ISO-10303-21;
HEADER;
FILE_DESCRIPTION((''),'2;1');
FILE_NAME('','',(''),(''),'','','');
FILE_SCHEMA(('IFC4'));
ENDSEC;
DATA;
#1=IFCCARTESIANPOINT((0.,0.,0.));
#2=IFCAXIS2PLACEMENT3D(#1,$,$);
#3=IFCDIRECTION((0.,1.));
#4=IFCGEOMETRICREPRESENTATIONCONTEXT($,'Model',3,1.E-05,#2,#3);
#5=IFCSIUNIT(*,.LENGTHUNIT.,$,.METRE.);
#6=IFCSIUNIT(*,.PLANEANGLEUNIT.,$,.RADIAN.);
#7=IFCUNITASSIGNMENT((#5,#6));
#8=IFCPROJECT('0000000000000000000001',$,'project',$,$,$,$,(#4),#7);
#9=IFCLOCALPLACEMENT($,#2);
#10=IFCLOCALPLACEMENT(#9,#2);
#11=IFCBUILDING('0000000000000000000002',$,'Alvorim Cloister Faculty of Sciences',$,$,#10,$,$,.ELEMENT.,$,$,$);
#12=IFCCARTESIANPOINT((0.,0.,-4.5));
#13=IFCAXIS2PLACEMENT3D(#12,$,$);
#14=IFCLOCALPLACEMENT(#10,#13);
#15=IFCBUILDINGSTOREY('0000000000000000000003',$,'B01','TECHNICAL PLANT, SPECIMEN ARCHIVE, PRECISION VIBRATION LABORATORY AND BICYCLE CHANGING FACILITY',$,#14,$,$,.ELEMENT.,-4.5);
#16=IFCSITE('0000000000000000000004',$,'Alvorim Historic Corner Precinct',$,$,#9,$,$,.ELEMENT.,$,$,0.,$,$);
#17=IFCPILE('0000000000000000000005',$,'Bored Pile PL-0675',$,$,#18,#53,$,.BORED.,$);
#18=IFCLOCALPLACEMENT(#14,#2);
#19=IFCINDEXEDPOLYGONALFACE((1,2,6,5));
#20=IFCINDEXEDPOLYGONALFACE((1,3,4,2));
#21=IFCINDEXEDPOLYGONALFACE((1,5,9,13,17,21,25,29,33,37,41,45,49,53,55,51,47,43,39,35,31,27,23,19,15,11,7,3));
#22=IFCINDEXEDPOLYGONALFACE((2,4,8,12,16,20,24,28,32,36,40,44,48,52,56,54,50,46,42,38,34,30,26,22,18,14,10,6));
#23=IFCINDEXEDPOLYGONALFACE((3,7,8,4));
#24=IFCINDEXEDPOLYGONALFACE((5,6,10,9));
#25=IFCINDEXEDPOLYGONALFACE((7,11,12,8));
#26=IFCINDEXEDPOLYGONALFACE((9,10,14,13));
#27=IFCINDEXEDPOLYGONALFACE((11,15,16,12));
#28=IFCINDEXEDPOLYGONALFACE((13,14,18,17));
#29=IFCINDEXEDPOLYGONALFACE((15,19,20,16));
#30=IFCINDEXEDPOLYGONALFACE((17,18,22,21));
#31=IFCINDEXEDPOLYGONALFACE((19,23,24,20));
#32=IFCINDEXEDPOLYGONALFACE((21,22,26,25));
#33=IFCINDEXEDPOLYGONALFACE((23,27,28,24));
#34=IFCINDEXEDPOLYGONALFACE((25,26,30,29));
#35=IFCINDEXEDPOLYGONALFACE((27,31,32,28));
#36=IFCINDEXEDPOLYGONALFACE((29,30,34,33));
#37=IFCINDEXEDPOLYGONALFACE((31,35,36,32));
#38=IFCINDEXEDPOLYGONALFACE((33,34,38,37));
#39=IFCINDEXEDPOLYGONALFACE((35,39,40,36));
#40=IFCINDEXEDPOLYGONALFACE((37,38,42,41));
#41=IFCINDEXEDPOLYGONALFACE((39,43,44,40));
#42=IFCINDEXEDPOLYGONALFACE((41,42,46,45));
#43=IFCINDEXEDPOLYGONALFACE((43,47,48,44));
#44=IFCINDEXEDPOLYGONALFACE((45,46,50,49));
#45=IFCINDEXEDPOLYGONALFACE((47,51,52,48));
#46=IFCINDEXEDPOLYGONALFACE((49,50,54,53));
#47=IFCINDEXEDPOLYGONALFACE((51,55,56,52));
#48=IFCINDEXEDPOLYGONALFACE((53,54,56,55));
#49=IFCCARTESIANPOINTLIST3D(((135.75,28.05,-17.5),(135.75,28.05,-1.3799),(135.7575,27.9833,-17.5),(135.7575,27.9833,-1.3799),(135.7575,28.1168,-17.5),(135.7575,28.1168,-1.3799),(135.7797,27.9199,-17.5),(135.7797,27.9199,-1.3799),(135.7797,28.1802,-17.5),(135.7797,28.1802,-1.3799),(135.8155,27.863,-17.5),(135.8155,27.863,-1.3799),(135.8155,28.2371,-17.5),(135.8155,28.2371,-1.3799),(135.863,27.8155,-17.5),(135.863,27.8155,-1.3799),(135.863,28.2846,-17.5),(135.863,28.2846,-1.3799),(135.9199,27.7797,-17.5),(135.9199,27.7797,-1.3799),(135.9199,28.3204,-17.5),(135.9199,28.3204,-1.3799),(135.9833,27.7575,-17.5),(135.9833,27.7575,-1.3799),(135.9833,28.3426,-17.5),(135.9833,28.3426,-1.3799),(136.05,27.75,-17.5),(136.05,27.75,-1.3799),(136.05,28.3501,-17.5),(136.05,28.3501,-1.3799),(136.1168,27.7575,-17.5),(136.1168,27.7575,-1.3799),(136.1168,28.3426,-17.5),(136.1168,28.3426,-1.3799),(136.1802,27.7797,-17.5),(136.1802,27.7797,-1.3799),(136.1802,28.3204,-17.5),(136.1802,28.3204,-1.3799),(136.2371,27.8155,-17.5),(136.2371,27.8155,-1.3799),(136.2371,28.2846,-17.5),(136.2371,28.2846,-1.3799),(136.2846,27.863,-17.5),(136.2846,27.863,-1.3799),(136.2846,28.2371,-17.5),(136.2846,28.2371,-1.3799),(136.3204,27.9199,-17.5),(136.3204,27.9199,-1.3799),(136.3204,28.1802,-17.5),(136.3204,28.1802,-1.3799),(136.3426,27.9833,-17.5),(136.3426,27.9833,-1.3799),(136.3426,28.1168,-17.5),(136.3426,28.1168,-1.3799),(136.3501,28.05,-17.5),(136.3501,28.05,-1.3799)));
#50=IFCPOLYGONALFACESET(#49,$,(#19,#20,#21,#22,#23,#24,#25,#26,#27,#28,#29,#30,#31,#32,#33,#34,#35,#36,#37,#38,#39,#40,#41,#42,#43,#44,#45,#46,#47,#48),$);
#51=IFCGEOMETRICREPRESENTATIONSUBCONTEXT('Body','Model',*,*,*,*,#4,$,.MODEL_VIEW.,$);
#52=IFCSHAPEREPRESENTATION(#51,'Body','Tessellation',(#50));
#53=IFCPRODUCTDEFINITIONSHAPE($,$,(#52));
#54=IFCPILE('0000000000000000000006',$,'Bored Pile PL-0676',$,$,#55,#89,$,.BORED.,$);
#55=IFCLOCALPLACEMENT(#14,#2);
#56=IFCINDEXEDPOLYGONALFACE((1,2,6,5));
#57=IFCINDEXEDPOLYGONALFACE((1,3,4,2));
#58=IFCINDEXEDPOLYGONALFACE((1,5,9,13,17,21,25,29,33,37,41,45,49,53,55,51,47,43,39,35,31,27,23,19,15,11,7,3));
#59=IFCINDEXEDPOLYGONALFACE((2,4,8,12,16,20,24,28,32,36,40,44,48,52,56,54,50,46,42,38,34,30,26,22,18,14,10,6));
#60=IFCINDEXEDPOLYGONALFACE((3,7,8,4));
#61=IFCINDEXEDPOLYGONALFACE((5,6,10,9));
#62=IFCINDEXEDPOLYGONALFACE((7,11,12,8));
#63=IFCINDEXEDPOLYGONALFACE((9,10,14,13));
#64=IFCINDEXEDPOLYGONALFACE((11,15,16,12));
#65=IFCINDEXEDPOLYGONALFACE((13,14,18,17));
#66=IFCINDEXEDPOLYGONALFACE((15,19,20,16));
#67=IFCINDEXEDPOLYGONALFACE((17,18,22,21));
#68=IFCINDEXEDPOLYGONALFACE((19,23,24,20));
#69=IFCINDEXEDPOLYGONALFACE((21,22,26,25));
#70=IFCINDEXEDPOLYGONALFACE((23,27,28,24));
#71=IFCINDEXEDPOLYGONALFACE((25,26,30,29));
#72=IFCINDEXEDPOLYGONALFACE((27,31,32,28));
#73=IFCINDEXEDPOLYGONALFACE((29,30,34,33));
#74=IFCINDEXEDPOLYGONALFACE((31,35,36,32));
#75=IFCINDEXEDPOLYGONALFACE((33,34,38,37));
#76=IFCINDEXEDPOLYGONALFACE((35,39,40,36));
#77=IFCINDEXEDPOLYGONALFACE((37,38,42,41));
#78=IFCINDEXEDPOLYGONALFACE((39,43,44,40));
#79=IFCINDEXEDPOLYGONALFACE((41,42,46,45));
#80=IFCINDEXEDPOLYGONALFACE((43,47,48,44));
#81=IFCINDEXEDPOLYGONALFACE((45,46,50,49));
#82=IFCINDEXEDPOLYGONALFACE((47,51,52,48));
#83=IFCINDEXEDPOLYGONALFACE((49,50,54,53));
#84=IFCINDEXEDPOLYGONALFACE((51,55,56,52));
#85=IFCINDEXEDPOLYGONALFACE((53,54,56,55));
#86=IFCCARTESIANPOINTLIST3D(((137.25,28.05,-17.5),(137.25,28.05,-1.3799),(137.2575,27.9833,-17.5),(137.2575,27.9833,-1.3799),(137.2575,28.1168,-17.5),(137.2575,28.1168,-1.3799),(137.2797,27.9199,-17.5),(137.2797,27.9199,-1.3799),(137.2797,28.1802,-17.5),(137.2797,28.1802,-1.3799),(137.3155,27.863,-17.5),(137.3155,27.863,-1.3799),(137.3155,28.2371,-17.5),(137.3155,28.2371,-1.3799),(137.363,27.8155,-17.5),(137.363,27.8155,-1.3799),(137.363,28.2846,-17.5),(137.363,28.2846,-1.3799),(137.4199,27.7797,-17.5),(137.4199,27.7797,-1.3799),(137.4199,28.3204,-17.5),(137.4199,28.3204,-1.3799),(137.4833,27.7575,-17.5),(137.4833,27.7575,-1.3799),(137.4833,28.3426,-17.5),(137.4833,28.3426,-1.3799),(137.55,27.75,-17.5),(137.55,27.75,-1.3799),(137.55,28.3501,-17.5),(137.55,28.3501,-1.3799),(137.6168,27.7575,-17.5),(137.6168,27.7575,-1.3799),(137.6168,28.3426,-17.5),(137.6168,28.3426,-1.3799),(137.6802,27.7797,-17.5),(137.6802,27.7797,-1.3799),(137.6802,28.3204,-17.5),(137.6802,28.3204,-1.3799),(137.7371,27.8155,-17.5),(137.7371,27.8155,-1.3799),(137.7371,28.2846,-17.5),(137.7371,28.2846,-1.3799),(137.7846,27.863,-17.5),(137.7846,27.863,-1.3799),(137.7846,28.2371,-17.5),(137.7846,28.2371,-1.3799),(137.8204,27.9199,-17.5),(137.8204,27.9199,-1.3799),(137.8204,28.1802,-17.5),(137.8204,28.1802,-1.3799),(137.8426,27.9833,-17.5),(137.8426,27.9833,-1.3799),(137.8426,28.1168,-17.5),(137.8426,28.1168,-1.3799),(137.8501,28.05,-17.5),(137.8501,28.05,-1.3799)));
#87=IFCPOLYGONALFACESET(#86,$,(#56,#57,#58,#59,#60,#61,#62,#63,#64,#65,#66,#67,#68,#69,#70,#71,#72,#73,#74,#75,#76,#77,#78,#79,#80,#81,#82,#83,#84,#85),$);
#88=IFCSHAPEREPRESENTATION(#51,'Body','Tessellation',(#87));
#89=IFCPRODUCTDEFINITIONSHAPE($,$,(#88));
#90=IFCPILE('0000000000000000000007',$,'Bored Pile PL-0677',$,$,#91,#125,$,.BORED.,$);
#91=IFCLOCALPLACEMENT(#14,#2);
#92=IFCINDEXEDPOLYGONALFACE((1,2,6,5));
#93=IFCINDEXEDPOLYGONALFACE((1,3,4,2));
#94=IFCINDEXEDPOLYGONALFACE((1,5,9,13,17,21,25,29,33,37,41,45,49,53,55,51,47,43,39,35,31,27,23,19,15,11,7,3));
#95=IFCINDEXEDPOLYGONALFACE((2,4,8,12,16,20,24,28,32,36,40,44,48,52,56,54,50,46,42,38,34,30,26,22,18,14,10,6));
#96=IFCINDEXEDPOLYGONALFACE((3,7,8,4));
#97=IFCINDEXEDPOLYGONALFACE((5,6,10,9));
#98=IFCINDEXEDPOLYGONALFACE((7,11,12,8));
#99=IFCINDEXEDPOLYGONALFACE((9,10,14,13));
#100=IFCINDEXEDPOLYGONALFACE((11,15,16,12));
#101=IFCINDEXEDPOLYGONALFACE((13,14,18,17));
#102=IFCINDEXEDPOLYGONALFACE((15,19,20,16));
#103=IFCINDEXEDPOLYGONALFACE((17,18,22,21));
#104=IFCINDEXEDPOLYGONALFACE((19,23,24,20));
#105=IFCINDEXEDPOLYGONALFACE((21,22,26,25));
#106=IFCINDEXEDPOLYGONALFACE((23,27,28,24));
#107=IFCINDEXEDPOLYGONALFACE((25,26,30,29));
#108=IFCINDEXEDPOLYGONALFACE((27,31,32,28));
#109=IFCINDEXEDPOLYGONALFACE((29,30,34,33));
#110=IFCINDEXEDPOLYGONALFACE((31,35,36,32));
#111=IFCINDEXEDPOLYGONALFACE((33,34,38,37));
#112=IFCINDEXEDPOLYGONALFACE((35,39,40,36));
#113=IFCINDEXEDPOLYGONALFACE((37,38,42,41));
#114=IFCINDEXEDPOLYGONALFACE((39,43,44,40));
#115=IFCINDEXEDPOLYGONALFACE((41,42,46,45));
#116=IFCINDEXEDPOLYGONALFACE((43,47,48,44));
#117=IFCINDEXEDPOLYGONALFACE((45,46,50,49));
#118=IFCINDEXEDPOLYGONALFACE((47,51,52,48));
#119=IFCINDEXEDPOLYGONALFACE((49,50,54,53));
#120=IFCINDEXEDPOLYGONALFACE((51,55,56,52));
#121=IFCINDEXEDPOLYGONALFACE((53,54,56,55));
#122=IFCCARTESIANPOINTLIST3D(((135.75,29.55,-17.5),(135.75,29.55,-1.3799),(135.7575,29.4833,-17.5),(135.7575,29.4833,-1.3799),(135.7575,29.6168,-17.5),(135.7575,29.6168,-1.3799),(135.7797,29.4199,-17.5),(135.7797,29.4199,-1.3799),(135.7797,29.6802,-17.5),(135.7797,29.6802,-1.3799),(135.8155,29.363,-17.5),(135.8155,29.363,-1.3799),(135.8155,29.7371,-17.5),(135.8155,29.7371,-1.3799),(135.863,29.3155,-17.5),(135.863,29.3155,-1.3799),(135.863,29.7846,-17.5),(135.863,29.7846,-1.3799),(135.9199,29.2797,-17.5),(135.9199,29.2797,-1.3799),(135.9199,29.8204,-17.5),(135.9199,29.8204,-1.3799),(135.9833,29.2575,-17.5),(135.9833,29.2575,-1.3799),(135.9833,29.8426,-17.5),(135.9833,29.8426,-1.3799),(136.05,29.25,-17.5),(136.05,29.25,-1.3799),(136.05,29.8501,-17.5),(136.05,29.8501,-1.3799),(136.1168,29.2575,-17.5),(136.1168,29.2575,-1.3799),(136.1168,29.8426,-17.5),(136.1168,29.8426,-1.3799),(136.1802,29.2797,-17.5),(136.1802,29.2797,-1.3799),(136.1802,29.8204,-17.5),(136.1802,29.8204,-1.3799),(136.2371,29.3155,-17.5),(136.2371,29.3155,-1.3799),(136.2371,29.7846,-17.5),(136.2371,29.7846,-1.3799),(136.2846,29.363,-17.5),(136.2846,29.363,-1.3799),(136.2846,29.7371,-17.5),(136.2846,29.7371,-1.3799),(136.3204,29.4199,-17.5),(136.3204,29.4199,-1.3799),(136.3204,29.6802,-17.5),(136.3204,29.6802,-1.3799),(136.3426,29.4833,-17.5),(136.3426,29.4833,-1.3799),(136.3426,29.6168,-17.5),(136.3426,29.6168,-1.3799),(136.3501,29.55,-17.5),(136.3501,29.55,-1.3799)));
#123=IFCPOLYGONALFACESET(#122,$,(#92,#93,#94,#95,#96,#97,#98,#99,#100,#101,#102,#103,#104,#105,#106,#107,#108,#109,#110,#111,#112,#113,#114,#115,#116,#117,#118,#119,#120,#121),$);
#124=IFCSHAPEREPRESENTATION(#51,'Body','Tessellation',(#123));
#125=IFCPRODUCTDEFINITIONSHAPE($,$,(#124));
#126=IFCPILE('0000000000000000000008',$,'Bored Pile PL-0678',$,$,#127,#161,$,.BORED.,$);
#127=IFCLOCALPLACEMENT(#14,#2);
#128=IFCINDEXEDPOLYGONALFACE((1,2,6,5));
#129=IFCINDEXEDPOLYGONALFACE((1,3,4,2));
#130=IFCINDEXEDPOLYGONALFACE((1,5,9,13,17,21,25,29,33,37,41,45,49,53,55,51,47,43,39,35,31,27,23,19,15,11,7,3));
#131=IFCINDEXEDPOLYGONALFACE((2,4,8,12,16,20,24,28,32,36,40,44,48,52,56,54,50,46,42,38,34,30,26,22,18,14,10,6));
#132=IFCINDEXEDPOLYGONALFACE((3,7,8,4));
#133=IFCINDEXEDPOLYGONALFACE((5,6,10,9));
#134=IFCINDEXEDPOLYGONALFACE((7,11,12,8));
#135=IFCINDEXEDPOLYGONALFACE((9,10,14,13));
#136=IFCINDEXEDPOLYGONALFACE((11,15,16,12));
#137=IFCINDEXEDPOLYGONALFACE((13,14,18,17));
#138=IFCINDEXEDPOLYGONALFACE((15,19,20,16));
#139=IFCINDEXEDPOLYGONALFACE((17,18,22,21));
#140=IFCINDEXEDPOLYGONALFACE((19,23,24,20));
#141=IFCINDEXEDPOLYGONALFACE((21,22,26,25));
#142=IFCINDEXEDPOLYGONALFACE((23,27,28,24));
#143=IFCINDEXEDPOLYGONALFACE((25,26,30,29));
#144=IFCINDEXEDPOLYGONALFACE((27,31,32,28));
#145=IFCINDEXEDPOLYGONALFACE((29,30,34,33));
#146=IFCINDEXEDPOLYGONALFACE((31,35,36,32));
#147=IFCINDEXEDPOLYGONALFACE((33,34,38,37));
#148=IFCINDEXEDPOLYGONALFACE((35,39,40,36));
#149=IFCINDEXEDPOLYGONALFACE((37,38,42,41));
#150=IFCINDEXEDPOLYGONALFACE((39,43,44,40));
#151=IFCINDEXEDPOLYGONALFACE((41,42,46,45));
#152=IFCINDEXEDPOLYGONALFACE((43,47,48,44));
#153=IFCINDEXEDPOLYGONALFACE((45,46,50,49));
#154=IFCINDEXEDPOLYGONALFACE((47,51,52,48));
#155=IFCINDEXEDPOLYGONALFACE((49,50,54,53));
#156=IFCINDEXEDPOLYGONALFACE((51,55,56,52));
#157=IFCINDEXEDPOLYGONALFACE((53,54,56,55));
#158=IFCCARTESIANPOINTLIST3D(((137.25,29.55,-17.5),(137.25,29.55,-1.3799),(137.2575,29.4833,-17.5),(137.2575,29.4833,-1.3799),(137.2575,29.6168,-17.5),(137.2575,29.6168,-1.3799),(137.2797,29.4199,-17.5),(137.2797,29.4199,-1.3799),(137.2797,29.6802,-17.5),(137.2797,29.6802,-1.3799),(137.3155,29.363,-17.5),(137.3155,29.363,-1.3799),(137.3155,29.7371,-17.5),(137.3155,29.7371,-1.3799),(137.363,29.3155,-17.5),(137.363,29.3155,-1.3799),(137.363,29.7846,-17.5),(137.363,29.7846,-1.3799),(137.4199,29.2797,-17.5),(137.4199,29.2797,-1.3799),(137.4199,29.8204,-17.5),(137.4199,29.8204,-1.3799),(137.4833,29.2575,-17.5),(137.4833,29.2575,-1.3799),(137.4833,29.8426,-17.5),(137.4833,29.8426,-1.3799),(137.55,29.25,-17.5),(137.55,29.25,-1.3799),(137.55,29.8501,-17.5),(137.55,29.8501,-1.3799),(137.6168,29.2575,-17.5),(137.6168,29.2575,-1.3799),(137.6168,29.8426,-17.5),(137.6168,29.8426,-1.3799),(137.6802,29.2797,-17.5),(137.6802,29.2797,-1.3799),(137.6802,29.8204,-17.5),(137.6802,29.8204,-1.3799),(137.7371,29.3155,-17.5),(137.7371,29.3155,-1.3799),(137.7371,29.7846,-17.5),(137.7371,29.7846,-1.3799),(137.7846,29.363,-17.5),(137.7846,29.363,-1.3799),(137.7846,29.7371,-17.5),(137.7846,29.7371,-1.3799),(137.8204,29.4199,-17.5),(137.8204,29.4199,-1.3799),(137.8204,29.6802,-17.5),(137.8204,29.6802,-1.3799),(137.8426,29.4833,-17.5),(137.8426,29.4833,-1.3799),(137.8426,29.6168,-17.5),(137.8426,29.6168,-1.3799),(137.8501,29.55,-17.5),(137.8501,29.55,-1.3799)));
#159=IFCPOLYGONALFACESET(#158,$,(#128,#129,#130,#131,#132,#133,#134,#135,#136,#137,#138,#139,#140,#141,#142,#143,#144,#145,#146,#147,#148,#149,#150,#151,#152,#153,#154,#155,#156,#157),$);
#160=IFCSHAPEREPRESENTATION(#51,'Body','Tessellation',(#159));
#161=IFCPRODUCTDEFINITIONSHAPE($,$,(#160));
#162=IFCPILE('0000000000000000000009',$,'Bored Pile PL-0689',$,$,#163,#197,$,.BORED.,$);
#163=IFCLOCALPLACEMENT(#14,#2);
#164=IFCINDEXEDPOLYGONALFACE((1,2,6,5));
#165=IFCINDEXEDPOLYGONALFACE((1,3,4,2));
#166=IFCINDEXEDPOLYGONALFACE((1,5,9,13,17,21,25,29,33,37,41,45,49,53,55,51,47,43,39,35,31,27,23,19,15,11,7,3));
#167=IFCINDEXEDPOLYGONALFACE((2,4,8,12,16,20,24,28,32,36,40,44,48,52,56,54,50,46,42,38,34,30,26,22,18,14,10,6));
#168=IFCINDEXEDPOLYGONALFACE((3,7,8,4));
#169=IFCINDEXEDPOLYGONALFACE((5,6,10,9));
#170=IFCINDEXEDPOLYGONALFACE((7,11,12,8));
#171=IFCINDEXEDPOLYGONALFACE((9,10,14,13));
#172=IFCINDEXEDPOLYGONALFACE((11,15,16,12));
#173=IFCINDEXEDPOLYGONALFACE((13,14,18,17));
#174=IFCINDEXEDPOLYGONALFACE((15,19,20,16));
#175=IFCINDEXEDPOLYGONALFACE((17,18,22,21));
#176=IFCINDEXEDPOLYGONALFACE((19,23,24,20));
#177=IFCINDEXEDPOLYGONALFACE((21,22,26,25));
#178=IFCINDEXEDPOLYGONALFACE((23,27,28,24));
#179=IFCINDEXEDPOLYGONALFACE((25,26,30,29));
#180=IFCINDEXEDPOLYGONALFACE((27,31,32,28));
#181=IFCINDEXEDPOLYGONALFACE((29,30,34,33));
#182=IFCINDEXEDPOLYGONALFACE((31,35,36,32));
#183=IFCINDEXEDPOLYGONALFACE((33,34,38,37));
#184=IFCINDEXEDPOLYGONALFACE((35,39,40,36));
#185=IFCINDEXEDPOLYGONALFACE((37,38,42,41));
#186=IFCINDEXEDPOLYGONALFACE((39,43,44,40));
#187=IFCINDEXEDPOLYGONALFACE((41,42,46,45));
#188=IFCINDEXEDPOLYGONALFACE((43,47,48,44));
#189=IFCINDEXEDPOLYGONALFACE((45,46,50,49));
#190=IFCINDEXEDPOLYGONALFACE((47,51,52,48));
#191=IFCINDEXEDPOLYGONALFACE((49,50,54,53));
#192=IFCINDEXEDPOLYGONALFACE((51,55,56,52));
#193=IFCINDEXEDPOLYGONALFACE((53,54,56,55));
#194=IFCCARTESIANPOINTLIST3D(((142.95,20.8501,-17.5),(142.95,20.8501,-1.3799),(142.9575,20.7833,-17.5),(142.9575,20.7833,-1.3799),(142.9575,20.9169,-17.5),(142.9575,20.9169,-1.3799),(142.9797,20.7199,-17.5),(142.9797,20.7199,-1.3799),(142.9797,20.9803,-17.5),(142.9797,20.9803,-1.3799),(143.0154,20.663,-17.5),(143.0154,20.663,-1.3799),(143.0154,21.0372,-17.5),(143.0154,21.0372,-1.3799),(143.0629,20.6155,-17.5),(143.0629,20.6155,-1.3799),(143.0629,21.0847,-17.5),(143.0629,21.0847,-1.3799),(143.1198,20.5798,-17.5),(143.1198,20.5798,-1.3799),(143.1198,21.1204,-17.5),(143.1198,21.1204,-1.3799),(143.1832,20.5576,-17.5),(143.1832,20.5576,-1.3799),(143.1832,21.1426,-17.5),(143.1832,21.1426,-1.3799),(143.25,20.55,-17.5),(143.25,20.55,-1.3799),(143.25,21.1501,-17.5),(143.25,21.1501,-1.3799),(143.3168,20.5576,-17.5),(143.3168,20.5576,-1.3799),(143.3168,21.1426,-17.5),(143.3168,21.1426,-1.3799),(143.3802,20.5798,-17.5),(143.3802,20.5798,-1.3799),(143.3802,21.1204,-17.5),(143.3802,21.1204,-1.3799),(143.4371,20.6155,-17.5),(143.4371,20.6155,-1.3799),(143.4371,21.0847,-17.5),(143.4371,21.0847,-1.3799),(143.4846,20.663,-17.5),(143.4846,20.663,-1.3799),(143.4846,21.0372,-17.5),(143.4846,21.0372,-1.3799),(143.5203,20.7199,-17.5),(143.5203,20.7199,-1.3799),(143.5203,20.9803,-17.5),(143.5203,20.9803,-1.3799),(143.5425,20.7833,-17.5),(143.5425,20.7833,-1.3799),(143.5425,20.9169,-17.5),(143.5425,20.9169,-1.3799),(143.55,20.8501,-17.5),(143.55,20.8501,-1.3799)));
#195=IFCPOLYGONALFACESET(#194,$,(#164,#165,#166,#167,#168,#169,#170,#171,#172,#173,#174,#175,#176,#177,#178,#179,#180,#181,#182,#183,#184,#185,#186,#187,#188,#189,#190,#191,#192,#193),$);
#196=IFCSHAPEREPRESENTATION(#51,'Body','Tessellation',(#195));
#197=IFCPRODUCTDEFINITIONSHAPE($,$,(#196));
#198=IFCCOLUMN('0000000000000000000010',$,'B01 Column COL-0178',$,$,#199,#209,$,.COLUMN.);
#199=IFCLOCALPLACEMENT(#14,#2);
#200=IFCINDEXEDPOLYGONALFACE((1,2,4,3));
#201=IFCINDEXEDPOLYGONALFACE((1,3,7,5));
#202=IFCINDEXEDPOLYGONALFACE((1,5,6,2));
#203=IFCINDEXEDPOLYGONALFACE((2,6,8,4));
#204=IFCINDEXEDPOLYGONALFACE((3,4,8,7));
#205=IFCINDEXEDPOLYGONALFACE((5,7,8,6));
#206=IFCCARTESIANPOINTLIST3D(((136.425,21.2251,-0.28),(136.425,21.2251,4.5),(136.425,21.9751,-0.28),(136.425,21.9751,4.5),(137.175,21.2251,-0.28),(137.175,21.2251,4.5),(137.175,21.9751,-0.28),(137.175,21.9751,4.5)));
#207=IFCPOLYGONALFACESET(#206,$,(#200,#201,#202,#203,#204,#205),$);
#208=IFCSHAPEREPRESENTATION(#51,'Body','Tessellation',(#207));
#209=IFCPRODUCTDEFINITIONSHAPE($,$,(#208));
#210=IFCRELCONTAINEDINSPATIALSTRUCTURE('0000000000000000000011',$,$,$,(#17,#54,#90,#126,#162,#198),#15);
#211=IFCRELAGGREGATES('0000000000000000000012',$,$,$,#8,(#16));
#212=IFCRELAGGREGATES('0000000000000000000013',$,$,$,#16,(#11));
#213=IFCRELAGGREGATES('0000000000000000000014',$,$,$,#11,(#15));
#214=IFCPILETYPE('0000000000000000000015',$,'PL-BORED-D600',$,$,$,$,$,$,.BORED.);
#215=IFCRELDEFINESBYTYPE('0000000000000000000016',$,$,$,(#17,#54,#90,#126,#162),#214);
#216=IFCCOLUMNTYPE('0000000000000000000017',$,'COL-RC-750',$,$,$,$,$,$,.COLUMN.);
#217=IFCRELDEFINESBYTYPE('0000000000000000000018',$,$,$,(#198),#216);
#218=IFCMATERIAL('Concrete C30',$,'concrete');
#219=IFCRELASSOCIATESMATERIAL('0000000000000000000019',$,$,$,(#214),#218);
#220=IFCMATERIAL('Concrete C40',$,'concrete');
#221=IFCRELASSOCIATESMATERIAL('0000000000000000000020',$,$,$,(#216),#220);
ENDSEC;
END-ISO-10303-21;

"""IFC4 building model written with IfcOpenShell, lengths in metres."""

from ifc_helpers import new_model, si_unit, direction, frame, origin, origin_2d, place, context, subcontext, project, spatial, rectangle, circle, extrude, material, material_profile, profile_set, type_object, element, save


model = new_model("IFC4")

# Units and contexts
model_context = context("Model", 3, precision=1e-05, world=origin(), true_north=direction((0.0, 1.0)))
body_context = subcontext(model_context, "Body", "Model", "MODEL_VIEW")
ifc_project = project(units=[si_unit("LENGTHUNIT", "METRE"), si_unit("PLANEANGLEUNIT", "RADIAN")], contexts=[model_context])

# Site, building, storey
site_placement = place(None, origin())
site = spatial("IfcSite", under=ifc_project, at=site_placement, Name="Alvorim Historic Corner Precinct", CompositionType="ELEMENT", RefElevation=0.0)
building_placement = place(site_placement, origin())
building = spatial("IfcBuilding", under=site, at=building_placement, Name="Alvorim Cloister Faculty of Sciences", CompositionType="ELEMENT")
storey_placement = place(building_placement, frame((0.0, 0.0, -4.5)))
storey = spatial("IfcBuildingStorey", under=building, at=storey_placement, Name="B01", Description="TECHNICAL PLANT, SPECIMEN ARCHIVE, PRECISION VIBRATION LABORATORY AND BICYCLE CHANGING FACILITY", CompositionType="ELEMENT", Elevation=-4.5)

# Shared definitions
ifc_material_1 = material(Name="Concrete C40", Category="concrete")

# Piles
ifc_material_2 = material(Name="Concrete C30", Category="concrete")
ifc_material_profile_1 = material_profile(ifc_material_2, circle(Radius=0.3, at=origin_2d()), Name="PILE-D600")
ifc_profile_set_1 = profile_set([ifc_material_profile_1], Name="Concrete C30")
pile_type = type_object("IfcPileType", Name="PL-BORED-D600", PredefinedType="BORED", material=ifc_profile_set_1)
for number, where, z_axis, x_axis, name in (
    (1, (136.05, 28.05, -1.3799), (0.0, 0.0, -1.0), (1.0, 0.0, 0.0), "Bored Pile PL-0675"),
    (2, (137.55, 28.05, -1.3799), (0.0, 0.0, -1.0), (1.0, 0.0, 0.0), "Bored Pile PL-0676"),
    (3, (136.05, 29.55, -1.3799), (0.0, 0.0, -1.0), (1.0, 0.0, 0.0), "Bored Pile PL-0677"),
    (4, (137.55, 29.55, -1.3799), (0.0, 0.0, -1.0), (1.0, 0.0, 0.0), "Bored Pile PL-0678"),
    (5, (143.25, 20.8501, -1.3799), (0.0, 0.0, -1.0), (1.0, 0.0, 0.0), "Bored Pile PL-0689"),
):
    element("IfcPile", number, at=place(storey_placement, frame(where, z_axis=z_axis, x_axis=x_axis)), inside=storey, type_object=pile_type, Name=name, PredefinedType="BORED", context=body_context, shape_type="SweptSolid", body=[
        extrude(circle(Radius=0.3, at=origin_2d()), origin(), (0.0, 0.0, 1.0), 16.1201),
    ])

# Column
ifc_material_profile_2 = material_profile(ifc_material_1, rectangle(XDim=0.75, YDim=0.75, at=origin_2d()), Name="RC40-COL-750x750")
ifc_profile_set_2 = profile_set([ifc_material_profile_2], Name="Concrete C40")
column_type_1 = type_object("IfcColumnType", Name="COL-RC-750", PredefinedType="COLUMN", material=ifc_profile_set_2)
for number, where, z_axis, x_axis, name in (
    (6, (136.8, 21.6001, -0.28), (0.0, 0.0, 1.0), (1.0, 0.0, 0.0), "B01 Column COL-0178"),
):
    element("IfcColumn", number, at=place(storey_placement, frame(where, z_axis=z_axis, x_axis=x_axis)), inside=storey, type_object=column_type_1, Name=name, PredefinedType="COLUMN", context=body_context, shape_type="SweptSolid", body=[
        extrude(rectangle(XDim=0.75, YDim=0.75, at=origin_2d()), origin(), (0.0, 0.0, 1.0), 4.78),
    ])

save(model, "model.ifc")
